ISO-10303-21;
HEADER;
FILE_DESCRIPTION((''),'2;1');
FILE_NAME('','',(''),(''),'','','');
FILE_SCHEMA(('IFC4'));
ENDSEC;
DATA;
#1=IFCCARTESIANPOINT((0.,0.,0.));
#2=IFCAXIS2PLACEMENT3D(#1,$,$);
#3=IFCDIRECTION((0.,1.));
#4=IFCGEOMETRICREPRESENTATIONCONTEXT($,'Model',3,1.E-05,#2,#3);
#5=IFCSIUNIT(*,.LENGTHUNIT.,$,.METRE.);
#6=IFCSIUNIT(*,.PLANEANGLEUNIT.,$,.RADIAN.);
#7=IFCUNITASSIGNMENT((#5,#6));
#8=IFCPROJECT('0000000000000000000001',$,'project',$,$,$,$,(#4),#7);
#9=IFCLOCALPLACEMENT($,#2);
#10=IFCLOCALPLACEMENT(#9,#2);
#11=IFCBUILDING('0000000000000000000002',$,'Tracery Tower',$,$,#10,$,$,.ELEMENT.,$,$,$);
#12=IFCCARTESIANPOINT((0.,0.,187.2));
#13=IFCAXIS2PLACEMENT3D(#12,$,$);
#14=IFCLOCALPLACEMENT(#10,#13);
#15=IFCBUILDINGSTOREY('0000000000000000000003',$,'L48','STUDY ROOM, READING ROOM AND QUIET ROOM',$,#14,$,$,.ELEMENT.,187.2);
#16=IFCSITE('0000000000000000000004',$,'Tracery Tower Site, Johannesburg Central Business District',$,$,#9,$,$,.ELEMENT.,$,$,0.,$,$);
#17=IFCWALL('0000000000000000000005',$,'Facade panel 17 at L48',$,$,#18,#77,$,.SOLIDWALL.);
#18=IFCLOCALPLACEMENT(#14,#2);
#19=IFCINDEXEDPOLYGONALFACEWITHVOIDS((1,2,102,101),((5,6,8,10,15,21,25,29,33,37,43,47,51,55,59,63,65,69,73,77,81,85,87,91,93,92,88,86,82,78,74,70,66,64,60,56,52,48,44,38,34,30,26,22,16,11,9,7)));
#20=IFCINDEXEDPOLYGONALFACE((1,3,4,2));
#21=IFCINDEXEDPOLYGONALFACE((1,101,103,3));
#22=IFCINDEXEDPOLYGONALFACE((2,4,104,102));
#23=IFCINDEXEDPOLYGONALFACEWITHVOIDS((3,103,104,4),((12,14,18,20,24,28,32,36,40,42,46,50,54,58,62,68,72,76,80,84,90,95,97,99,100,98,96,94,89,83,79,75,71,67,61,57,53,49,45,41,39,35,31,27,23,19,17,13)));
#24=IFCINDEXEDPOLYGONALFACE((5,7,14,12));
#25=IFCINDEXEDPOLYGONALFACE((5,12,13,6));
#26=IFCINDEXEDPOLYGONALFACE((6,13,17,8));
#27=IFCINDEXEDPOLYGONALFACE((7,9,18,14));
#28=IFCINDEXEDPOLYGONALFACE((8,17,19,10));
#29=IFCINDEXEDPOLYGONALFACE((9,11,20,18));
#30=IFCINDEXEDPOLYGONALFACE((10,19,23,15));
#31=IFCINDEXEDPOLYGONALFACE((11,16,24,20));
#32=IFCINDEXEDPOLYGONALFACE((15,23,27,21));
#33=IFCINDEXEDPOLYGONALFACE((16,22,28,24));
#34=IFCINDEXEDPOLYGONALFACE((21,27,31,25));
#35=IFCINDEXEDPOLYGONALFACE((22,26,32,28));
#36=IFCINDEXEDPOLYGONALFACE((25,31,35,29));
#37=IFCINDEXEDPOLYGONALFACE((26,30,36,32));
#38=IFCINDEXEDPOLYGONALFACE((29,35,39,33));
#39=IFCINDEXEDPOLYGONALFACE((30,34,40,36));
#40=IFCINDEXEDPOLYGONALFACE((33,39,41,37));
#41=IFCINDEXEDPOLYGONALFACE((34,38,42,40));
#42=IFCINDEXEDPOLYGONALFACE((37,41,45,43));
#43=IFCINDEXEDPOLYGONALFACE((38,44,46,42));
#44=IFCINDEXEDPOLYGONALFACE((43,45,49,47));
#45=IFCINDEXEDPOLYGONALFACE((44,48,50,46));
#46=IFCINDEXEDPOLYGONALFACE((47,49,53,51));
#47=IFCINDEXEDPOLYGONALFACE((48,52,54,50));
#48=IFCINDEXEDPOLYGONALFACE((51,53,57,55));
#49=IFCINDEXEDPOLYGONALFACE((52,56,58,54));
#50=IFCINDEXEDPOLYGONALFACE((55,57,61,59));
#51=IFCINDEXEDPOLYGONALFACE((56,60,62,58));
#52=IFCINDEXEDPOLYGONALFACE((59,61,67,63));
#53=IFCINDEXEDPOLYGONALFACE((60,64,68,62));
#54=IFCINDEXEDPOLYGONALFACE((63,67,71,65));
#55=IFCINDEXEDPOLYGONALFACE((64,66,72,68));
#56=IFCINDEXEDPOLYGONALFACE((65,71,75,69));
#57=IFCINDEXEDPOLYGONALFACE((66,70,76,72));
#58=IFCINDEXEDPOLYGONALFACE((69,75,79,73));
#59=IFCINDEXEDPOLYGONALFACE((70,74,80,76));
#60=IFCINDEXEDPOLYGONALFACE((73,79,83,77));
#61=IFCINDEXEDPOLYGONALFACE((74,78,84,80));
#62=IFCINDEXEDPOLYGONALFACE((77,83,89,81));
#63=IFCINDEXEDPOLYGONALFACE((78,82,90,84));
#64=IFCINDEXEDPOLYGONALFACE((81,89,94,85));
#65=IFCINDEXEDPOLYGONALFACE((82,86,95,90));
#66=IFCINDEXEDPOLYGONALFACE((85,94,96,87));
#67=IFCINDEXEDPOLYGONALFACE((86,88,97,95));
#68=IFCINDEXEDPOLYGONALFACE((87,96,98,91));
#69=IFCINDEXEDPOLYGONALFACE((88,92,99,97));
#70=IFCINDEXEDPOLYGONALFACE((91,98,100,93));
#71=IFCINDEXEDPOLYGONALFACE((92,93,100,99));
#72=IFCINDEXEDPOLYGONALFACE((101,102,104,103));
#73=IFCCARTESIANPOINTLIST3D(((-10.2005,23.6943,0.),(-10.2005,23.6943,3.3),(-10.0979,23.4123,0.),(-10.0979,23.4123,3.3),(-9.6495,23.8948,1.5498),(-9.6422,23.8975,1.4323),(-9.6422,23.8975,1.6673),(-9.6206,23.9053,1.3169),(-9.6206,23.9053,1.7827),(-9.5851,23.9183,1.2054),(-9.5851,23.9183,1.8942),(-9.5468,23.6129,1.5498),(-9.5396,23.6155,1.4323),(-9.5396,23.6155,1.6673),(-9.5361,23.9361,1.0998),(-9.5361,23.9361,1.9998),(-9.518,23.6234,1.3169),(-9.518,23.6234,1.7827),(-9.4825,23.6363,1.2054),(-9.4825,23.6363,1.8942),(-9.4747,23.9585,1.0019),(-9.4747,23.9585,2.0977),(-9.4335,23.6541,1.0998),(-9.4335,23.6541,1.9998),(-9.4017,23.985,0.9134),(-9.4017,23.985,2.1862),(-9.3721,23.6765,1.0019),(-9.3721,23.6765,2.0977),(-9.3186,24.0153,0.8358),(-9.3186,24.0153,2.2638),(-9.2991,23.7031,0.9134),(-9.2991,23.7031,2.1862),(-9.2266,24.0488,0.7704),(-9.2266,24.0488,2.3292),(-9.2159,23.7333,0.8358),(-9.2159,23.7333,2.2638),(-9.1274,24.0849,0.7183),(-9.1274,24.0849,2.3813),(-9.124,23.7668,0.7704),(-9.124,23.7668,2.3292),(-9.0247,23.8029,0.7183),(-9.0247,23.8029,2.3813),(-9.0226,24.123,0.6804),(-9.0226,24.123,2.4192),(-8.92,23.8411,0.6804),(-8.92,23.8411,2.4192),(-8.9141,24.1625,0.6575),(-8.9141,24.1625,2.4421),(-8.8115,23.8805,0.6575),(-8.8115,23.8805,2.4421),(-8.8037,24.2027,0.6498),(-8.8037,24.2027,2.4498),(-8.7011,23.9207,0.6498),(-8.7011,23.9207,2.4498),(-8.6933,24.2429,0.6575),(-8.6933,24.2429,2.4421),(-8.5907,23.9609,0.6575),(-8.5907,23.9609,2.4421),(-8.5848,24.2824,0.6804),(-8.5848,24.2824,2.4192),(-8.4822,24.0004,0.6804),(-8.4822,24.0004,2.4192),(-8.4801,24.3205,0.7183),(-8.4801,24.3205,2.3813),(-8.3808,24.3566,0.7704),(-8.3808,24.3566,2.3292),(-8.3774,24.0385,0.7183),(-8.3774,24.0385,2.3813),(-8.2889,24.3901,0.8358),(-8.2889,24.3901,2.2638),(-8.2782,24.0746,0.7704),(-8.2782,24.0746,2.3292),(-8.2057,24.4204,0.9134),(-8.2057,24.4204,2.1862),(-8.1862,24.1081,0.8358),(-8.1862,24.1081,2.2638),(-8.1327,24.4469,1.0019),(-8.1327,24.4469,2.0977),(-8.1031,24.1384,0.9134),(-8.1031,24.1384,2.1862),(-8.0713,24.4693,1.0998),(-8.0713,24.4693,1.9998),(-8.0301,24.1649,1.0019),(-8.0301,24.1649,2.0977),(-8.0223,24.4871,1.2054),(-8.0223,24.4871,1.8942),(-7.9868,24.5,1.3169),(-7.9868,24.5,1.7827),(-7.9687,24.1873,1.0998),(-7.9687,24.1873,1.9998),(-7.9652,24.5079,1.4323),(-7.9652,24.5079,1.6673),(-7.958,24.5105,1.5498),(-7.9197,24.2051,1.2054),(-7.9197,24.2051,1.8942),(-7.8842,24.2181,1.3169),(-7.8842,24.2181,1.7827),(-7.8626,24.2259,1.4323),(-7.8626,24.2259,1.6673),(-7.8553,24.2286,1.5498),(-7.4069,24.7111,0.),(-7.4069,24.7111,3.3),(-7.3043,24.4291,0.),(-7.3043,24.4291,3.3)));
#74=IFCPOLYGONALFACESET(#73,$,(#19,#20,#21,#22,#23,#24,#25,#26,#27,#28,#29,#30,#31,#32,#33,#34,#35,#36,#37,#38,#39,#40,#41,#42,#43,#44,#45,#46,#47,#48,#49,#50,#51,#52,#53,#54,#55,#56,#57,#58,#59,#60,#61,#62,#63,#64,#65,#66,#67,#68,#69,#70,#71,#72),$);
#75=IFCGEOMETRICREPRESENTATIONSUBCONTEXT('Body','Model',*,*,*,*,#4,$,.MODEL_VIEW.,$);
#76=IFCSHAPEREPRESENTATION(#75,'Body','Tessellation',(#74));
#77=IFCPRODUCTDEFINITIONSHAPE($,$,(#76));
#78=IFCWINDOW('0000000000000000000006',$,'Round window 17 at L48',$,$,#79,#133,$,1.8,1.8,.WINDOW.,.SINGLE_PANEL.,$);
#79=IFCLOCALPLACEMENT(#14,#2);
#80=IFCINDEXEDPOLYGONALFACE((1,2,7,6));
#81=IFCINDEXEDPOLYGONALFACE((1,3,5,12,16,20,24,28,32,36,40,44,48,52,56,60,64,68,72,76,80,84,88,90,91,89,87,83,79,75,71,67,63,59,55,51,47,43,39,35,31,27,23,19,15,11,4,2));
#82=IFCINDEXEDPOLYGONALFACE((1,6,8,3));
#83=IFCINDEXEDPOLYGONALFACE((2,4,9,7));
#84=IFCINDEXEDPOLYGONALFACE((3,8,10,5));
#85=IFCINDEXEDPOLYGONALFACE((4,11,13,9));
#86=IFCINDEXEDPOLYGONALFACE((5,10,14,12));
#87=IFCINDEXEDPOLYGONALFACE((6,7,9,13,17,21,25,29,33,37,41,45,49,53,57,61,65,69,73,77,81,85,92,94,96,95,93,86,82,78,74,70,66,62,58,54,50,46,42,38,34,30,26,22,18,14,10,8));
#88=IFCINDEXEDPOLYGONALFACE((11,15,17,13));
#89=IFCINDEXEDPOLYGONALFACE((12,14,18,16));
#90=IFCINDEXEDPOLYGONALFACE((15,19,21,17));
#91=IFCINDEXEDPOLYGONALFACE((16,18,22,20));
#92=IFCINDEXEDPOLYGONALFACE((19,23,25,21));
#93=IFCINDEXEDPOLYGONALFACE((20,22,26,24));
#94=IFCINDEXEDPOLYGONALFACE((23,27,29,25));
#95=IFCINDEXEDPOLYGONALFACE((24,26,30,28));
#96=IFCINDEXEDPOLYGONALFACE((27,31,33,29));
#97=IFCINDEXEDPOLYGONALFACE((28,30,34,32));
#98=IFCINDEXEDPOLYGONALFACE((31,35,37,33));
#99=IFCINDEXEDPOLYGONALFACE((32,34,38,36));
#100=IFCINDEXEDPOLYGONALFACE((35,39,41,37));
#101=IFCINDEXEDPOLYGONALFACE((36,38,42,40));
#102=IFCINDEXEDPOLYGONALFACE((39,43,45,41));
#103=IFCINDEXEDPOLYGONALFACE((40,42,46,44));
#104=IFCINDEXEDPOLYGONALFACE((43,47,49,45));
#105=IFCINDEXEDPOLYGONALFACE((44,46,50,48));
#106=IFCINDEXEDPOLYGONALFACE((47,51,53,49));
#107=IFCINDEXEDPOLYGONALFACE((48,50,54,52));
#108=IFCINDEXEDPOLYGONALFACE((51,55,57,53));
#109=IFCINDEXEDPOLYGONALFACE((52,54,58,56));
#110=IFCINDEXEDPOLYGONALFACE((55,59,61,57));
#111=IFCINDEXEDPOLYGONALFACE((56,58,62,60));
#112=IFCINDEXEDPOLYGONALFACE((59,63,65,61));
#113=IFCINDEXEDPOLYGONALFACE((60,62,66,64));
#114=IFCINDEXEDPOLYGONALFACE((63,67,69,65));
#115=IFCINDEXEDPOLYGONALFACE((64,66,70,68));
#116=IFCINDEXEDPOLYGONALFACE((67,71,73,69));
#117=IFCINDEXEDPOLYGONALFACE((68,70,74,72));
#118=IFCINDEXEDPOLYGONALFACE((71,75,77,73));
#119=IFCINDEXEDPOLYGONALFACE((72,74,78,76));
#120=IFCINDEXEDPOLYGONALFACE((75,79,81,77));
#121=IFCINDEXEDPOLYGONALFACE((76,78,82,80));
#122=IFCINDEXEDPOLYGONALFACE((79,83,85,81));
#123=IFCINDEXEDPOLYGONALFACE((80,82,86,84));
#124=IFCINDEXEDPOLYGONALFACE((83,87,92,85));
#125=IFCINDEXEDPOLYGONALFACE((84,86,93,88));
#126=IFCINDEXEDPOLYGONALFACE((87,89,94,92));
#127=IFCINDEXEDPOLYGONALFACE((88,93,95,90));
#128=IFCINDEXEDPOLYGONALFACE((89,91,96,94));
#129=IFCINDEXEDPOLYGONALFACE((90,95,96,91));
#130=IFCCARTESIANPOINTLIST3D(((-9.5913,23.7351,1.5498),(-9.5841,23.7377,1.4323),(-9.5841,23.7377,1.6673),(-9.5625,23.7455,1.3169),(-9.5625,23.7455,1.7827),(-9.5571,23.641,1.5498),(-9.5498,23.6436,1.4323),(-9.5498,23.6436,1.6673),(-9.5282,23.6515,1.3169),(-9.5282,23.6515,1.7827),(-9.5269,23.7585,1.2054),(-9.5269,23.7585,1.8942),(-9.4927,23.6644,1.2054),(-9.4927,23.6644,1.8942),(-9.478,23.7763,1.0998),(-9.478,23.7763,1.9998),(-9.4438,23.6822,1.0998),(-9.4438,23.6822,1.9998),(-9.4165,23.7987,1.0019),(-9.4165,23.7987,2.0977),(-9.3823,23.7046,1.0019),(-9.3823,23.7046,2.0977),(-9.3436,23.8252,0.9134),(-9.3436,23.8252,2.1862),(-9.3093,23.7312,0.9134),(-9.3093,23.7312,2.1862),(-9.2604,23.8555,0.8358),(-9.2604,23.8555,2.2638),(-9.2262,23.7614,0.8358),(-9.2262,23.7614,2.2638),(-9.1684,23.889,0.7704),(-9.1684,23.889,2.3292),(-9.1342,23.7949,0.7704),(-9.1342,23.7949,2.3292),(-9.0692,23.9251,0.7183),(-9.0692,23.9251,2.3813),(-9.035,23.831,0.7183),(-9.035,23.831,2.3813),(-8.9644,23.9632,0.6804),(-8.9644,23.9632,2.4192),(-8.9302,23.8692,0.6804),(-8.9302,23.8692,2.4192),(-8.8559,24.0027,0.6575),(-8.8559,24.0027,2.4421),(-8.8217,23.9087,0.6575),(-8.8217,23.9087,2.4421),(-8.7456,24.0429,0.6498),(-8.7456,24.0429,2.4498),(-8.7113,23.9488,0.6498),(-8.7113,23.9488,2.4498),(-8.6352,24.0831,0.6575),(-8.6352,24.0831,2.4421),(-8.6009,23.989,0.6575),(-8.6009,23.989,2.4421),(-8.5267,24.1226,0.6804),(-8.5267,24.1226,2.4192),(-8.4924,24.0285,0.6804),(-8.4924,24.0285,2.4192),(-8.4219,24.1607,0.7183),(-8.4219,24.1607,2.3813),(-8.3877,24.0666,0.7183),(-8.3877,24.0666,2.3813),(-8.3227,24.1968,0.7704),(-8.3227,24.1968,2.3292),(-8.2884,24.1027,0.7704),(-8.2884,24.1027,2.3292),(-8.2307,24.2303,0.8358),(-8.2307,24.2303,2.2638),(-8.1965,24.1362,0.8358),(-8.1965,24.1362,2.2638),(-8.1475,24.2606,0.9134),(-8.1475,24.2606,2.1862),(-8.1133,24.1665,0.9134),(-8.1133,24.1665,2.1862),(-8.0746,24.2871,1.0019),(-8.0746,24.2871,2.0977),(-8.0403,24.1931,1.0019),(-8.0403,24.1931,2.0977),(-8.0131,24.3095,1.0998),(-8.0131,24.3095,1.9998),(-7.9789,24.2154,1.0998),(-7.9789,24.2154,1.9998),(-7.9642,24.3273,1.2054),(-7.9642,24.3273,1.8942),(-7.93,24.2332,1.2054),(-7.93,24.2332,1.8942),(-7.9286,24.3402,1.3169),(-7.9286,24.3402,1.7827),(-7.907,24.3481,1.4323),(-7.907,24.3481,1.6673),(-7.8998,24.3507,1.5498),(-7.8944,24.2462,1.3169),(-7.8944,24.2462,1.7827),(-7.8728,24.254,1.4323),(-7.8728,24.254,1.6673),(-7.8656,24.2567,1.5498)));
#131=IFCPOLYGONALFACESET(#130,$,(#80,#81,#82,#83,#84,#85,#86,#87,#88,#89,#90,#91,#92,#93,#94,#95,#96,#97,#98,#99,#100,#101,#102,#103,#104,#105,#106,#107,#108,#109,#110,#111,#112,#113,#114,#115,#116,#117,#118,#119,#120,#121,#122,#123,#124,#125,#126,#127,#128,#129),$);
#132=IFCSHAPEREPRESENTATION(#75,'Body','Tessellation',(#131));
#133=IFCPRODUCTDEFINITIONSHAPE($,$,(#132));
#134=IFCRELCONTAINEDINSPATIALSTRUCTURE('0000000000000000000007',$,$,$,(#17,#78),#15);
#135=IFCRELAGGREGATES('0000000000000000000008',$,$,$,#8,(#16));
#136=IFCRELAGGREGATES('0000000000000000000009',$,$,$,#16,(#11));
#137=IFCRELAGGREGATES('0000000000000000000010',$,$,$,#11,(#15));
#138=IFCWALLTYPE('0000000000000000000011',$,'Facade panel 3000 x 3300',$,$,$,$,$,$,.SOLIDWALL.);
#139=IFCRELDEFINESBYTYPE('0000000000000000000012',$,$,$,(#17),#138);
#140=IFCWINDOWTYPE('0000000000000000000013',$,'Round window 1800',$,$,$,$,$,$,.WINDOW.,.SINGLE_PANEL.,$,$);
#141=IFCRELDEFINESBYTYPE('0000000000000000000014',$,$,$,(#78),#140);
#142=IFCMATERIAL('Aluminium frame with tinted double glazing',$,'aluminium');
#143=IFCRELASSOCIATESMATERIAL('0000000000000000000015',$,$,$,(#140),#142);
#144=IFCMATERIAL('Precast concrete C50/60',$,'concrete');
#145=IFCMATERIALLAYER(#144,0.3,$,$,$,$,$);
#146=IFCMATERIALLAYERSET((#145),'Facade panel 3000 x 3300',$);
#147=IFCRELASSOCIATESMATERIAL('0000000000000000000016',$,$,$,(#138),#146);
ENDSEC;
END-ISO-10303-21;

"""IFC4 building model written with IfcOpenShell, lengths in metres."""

from ifc_helpers import new_model, si_unit, direction, frame, frame_2d, origin, origin_2d, place, context, subcontext, project, spatial, rectangle, circle, extrude, material, layer, layer_set, type_object, element, fill, save


model = new_model("IFC4")

# Units and contexts
model_context = context("Model", 3, precision=1e-05, world=origin(), true_north=direction((0.0, 1.0)))
body_context = subcontext(model_context, "Body", "Model", "MODEL_VIEW")
ifc_project = project(units=[si_unit("LENGTHUNIT", "METRE"), si_unit("PLANEANGLEUNIT", "RADIAN")], contexts=[model_context])

# Site, building, storey
site_placement = place(None, origin())
site = spatial("IfcSite", under=ifc_project, at=site_placement, Name="Tracery Tower Site, Johannesburg Central Business District", CompositionType="ELEMENT", RefElevation=0.0)
building_placement = place(site_placement, origin())
building = spatial("IfcBuilding", under=site, at=building_placement, Name="Tracery Tower", CompositionType="ELEMENT")
storey_placement = place(building_placement, frame((0.0, 0.0, 187.2)))
storey = spatial("IfcBuildingStorey", under=building, at=storey_placement, Name="L48", Description="STUDY ROOM, READING ROOM AND QUIET ROOM", CompositionType="ELEMENT", Elevation=187.2)

# Wall, opening, window
ifc_material_1 = material(Name="Aluminium frame with tinted double glazing", Category="aluminium")
window_type = type_object("IfcWindowType", Name="Round window 1800", PartitioningType="SINGLE_PANEL", PredefinedType="WINDOW", material=ifc_material_1)
ifc_material_2 = material(Name="Precast concrete C50/60", Category="concrete")
ifc_layer_1 = layer(ifc_material_2, 0.3)
ifc_layer_set_1 = layer_set([ifc_layer_1], Name="Facade panel 3000 x 3300")
wall_type_1 = type_object("IfcWallType", Name="Facade panel 3000 x 3300", PredefinedType="SOLIDWALL", material=ifc_layer_set_1)
wall_1_placement = place(storey_placement, frame((-7.3557, 24.5701, 0.0), z_axis=(0.0, 0.0, 1.0), x_axis=(-0.93969, -0.342027, 0.0)))
wall_1 = element("IfcWall", 1, at=wall_1_placement, inside=storey, type_object=wall_type_1, Name="Facade panel 17 at L48", PredefinedType="SOLIDWALL", context=body_context, shape_type="SweptSolid", body=[
    extrude(rectangle(XDim=2.9729, YDim=0.3, at=frame_2d((1.4863, 0.0))), origin(), (0.0, 0.0, 1.0), 3.3),
])
opening_1_placement = place(wall_1_placement, frame((1.4863, 0.0, 1.5498)))
opening_1 = element("IfcOpeningElement", 2, at=opening_1_placement, cuts=wall_1, PredefinedType="OPENING", context=body_context, shape_type="SweptSolid", body=[
    extrude(circle(Radius=0.9, at=origin_2d()), frame((0.0, 0.1599, 0.0), z_axis=(0.0, -1.0, 0.0), x_axis=(1.0, 0.0, 0.0)), (0.0, 0.0, 1.0), 0.3201),
])
window_1_placement = place(opening_1_placement, origin())
window_1 = element("IfcWindow", 3, at=window_1_placement, inside=storey, type_object=window_type, Name="Round window 17 at L48", OverallHeight=1.8, OverallWidth=1.8, PartitioningType="SINGLE_PANEL", PredefinedType="WINDOW", context=body_context, shape_type="SweptSolid", body=[
    extrude(circle(Radius=0.9, at=origin_2d()), frame((0.0, 0.1201, 0.0), z_axis=(0.0, -1.0, 0.0), x_axis=(1.0, 0.0, 0.0)), (0.0, 0.0, 1.0), 0.1001),
])
fill(opening_1, window_1)

save(model, "model.ifc")
